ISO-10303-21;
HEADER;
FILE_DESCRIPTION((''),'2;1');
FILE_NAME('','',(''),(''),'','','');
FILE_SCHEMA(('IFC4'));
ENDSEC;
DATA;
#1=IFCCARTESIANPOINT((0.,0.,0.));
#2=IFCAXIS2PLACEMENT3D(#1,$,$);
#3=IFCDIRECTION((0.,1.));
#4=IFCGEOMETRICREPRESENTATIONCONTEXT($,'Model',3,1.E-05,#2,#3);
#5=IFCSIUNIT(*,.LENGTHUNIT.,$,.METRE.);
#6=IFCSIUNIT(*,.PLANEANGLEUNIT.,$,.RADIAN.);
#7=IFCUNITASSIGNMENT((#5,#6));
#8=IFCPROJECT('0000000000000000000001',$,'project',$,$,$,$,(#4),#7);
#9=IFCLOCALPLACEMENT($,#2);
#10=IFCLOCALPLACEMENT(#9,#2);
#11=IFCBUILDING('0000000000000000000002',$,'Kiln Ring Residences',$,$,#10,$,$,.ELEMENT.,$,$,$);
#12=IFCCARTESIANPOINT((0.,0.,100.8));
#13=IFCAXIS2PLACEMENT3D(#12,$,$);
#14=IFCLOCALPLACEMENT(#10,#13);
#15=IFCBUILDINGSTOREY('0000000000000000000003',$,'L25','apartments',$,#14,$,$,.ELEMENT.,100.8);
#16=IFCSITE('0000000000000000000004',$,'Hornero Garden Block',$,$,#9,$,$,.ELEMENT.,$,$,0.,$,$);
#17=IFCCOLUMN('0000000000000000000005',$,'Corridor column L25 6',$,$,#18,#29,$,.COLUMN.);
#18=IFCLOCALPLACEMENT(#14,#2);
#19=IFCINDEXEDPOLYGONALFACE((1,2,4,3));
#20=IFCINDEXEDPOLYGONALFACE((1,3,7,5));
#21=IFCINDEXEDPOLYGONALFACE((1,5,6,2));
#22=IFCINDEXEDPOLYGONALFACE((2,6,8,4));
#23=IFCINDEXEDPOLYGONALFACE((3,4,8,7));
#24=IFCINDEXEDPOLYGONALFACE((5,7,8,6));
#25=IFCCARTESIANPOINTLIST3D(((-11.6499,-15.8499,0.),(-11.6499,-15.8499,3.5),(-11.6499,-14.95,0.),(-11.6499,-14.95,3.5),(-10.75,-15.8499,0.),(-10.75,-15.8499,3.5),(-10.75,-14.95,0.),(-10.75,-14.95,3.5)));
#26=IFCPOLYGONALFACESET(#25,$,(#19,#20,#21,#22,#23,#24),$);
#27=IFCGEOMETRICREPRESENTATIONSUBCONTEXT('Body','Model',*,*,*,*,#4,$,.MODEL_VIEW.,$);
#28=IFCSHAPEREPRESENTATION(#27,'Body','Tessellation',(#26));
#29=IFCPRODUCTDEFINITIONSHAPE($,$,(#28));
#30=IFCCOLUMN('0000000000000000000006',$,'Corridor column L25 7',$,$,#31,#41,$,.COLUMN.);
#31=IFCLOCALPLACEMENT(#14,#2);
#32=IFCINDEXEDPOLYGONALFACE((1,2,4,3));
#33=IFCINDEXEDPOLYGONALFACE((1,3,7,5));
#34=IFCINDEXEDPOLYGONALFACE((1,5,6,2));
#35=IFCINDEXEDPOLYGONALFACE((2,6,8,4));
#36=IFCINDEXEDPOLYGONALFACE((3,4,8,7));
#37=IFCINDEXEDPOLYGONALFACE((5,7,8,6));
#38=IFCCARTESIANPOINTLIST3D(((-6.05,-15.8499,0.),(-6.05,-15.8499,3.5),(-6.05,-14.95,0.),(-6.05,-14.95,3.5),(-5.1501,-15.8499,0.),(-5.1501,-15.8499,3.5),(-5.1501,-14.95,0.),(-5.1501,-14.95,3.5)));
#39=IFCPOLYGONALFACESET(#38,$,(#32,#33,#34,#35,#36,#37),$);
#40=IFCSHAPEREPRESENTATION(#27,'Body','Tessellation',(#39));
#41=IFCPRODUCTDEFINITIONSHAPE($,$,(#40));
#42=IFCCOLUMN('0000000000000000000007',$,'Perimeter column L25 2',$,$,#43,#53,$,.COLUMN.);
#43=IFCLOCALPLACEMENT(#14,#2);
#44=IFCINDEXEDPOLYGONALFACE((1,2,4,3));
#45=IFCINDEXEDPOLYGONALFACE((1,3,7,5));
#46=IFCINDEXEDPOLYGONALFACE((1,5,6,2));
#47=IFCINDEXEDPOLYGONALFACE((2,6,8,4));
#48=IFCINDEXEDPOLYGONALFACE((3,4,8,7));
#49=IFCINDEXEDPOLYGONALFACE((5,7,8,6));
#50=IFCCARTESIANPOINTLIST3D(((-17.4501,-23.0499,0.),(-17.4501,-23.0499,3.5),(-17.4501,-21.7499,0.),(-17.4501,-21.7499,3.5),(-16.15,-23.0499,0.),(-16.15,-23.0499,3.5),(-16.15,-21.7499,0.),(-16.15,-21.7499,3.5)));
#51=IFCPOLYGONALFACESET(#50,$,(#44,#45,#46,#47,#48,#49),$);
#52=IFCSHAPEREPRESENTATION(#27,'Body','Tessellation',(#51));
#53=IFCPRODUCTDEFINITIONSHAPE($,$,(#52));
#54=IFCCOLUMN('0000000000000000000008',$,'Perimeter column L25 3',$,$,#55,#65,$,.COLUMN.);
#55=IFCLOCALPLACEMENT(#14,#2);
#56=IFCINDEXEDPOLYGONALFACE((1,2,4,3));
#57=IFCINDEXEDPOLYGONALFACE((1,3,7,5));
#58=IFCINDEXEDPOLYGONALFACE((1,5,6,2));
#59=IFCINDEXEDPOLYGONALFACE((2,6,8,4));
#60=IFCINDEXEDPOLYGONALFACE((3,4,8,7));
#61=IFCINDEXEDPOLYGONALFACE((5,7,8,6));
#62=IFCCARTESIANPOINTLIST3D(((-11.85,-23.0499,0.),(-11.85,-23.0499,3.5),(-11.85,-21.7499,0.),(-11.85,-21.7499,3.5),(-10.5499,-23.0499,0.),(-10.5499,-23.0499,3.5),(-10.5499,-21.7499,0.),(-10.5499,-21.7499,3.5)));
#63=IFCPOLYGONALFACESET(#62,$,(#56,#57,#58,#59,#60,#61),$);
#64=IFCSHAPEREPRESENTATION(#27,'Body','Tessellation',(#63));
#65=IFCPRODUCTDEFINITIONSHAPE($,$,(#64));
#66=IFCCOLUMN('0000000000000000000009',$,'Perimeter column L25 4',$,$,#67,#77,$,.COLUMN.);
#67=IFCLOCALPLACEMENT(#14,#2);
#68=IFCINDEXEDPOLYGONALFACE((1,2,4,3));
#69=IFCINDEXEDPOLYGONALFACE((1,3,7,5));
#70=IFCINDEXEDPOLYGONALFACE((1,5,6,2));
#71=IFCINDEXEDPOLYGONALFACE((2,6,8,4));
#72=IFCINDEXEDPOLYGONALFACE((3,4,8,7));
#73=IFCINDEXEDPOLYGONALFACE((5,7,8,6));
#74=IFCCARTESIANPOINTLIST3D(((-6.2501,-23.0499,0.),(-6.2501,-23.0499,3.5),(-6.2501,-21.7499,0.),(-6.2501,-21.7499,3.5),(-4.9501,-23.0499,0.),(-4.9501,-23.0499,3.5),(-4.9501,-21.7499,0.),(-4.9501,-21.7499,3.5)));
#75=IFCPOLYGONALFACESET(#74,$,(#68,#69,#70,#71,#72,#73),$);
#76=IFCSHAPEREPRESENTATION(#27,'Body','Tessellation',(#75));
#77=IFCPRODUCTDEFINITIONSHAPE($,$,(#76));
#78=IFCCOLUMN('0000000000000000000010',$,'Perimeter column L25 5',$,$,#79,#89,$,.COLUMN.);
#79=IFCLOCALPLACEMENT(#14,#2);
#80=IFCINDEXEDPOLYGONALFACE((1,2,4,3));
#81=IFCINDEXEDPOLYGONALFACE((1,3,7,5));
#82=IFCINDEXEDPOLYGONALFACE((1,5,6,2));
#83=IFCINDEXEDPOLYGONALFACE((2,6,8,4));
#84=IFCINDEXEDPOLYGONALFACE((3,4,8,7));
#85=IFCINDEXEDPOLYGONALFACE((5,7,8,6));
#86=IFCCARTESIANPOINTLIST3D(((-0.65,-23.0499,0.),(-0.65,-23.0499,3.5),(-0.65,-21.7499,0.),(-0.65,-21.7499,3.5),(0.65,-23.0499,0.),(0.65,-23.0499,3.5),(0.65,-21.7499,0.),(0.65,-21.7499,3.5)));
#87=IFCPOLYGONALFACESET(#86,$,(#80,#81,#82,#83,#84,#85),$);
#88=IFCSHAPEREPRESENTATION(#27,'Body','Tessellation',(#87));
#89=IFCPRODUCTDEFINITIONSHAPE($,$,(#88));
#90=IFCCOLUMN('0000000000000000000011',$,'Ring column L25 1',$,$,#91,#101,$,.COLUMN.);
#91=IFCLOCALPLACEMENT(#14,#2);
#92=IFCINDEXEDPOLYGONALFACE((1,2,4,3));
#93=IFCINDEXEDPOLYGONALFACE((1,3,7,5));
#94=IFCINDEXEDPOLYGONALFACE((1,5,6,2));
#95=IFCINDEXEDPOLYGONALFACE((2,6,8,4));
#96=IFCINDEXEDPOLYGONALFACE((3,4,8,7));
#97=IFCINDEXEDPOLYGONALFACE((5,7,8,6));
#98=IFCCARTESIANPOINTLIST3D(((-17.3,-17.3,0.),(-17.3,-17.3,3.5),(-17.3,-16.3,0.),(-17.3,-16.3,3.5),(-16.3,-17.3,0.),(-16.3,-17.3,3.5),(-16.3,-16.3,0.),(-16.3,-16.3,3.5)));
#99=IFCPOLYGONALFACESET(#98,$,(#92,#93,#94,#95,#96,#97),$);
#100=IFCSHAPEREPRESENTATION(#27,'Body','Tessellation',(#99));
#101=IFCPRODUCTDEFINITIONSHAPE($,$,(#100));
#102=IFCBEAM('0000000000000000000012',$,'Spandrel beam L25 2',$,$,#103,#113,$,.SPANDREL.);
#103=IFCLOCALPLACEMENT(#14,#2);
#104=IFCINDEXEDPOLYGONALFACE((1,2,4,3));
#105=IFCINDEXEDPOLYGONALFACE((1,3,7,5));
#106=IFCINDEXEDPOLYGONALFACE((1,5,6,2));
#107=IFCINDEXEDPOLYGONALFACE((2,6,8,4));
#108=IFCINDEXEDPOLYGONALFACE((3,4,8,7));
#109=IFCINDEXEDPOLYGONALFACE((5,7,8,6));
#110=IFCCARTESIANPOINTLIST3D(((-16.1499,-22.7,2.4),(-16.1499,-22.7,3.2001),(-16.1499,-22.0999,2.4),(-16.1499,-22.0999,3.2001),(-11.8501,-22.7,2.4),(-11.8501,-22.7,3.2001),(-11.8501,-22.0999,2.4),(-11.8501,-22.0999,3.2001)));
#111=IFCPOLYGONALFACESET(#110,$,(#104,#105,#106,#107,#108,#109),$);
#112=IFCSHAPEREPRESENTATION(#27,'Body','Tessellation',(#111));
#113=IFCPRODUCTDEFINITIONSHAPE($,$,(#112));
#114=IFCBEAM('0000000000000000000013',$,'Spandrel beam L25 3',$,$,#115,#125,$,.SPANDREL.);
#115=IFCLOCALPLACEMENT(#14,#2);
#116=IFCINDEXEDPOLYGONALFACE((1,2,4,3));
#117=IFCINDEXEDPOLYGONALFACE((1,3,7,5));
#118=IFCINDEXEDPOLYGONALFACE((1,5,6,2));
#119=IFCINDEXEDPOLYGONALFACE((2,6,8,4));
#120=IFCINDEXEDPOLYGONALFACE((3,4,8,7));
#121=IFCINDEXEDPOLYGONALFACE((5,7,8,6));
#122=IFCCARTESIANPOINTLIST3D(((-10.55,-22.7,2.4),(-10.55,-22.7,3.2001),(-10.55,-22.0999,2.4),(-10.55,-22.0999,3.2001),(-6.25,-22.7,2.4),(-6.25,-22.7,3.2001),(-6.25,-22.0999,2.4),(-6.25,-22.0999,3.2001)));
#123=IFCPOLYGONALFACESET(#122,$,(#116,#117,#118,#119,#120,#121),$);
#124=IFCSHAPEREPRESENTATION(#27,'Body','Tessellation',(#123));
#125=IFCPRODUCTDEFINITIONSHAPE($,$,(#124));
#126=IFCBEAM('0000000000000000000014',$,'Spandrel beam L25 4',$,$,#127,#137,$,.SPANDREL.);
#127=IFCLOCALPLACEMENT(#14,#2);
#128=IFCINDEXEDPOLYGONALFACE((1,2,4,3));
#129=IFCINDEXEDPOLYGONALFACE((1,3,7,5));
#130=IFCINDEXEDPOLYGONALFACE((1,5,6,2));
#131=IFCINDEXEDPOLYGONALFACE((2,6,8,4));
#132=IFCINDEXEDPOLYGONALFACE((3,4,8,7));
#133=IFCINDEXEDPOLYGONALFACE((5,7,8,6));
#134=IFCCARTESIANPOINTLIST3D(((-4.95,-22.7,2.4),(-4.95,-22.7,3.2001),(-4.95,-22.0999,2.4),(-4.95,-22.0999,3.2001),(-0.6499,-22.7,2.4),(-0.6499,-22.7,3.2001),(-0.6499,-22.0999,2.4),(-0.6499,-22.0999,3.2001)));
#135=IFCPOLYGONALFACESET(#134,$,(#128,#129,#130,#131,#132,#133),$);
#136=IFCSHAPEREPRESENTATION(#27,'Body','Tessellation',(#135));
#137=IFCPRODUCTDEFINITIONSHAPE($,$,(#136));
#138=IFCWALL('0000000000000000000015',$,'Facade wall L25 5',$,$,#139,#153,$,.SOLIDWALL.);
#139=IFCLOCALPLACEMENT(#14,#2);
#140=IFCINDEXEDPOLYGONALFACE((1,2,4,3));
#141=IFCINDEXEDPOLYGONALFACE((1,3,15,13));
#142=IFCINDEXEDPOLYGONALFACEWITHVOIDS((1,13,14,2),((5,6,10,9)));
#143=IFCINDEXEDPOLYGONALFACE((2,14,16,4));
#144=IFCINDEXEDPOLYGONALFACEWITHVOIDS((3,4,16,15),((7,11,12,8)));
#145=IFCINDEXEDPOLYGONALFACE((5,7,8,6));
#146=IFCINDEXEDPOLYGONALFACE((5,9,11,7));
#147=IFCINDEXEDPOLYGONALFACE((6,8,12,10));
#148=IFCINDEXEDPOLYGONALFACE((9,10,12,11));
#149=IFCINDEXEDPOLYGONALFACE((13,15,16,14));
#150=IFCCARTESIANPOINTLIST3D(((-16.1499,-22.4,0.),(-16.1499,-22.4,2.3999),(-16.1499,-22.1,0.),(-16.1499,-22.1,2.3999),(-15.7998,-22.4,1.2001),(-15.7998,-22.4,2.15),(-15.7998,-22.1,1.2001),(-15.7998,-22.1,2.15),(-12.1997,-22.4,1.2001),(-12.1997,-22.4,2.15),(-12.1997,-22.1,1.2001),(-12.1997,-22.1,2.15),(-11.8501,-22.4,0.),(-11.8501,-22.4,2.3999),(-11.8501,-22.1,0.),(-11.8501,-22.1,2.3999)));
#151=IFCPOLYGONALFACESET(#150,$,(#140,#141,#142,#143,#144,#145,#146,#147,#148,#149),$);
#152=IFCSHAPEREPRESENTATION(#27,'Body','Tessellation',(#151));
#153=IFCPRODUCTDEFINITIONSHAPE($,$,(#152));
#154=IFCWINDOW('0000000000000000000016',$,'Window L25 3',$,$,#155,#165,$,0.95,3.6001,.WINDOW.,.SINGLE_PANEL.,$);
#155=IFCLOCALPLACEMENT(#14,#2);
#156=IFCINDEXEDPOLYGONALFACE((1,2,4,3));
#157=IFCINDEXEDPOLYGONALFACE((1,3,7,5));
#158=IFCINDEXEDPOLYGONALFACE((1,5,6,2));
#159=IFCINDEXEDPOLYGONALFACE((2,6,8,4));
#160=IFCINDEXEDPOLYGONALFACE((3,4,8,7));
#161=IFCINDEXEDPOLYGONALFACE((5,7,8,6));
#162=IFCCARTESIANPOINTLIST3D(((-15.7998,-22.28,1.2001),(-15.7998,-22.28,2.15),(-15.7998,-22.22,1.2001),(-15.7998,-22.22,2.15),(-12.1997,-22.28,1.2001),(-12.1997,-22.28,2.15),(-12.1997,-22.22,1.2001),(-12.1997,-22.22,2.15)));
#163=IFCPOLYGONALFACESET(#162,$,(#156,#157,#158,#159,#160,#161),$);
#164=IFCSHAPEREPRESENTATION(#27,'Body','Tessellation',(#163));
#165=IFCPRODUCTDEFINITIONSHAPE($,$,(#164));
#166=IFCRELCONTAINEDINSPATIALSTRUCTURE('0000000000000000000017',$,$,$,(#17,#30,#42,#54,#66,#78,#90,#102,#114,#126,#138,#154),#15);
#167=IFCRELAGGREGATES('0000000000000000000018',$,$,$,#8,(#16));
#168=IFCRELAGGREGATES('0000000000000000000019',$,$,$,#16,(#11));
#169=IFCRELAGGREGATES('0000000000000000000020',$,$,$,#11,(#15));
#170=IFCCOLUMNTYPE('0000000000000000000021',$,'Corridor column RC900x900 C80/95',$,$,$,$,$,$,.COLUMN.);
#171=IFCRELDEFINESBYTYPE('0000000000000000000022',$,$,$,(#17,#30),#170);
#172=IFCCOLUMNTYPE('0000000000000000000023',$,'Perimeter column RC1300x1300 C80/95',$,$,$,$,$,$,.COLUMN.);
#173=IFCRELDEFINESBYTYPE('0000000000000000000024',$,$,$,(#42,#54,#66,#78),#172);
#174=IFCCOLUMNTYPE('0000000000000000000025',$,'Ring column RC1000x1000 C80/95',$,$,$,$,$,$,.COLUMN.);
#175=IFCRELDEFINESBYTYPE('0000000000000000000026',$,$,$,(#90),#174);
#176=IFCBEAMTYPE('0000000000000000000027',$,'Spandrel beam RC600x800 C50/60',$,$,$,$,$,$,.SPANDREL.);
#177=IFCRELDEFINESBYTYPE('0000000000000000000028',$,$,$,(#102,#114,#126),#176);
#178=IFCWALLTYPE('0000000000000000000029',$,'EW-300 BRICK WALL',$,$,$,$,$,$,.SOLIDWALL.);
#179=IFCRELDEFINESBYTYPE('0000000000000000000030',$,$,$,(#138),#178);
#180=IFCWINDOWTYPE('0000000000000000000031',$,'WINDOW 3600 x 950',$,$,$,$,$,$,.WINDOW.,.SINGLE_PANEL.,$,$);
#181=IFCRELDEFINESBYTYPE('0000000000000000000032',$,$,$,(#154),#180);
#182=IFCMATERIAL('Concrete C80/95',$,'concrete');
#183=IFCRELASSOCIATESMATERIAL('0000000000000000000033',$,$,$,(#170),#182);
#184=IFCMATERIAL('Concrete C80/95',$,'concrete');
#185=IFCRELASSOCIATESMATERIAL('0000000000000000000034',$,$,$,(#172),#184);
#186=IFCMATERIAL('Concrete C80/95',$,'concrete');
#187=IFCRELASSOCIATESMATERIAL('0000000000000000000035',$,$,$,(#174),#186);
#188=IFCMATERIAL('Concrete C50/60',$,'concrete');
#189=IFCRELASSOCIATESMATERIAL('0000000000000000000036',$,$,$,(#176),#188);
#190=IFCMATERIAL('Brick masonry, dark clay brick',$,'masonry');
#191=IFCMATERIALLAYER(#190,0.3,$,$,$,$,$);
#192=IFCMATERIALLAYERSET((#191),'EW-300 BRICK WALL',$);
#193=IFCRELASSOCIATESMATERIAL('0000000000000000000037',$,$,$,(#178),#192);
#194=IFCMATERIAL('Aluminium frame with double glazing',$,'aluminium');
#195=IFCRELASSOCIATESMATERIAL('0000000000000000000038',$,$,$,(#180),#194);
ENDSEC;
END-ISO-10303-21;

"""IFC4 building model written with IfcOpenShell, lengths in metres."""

from ifc_helpers import new_model, si_unit, direction, frame, frame_2d, origin, origin_2d, place, context, subcontext, project, spatial, rectangle, extrude, material, layer, layer_set, material_profile, profile_set, type_object, element, fill, save


model = new_model("IFC4")

# Units and contexts
model_context = context("Model", 3, precision=1e-05, world=origin(), true_north=direction((0.0, 1.0)))
body_context = subcontext(model_context, "Body", "Model", "MODEL_VIEW")
ifc_project = project(units=[si_unit("LENGTHUNIT", "METRE"), si_unit("PLANEANGLEUNIT", "RADIAN")], contexts=[model_context])

# Site, building, storey
site_placement = place(None, origin())
site = spatial("IfcSite", under=ifc_project, at=site_placement, Name="Hornero Garden Block", CompositionType="ELEMENT", RefElevation=0.0)
building_placement = place(site_placement, origin())
building = spatial("IfcBuilding", under=site, at=building_placement, Name="Kiln Ring Residences", CompositionType="ELEMENT")
storey_placement = place(building_placement, frame((0.0, 0.0, 100.8)))
storey = spatial("IfcBuildingStorey", under=building, at=storey_placement, Name="L25", Description="apartments", CompositionType="ELEMENT", Elevation=100.8)

# Columns
ifc_material_1 = material(Name="Concrete C80/95", Category="concrete")
ifc_material_profile_1 = material_profile(ifc_material_1, rectangle(XDim=0.8999, YDim=0.8999, at=origin_2d()), Name="RC900x900")
ifc_profile_set_1 = profile_set([ifc_material_profile_1], Name="Concrete C80/95")
column_type_1 = type_object("IfcColumnType", Name="Corridor column RC900x900 C80/95", PredefinedType="COLUMN", material=ifc_profile_set_1)
for number, where, z_axis, x_axis, name in (
    (1, (-11.2, -15.3999, 0.0), (0.0, 0.0, 1.0), (1.0, 0.0, 0.0), "Corridor column L25 6"),
    (2, (-5.6001, -15.3999, 0.0), (0.0, 0.0, 1.0), (1.0, 0.0, 0.0), "Corridor column L25 7"),
):
    element("IfcColumn", number, at=place(storey_placement, frame(where, z_axis=z_axis, x_axis=x_axis)), inside=storey, type_object=column_type_1, Name=name, PredefinedType="COLUMN", context=body_context, shape_type="SweptSolid", body=[
        extrude(rectangle(XDim=0.8999, YDim=0.8999, at=origin_2d()), origin(), (0.0, 0.0, 1.0), 3.5),
    ])
ifc_material_2 = material(Name="Concrete C80/95", Category="concrete")
ifc_material_profile_2 = material_profile(ifc_material_2, rectangle(XDim=1.3, YDim=1.3, at=origin_2d()), Name="RC1300x1300")
ifc_profile_set_2 = profile_set([ifc_material_profile_2], Name="Concrete C80/95")
column_type_2 = type_object("IfcColumnType", Name="Perimeter column RC1300x1300 C80/95", PredefinedType="COLUMN", material=ifc_profile_set_2)
for number, where, z_axis, x_axis, name in (
    (3, (-16.8, -22.3999, 0.0), (0.0, 0.0, 1.0), (1.0, 0.0, 0.0), "Perimeter column L25 2"),
    (4, (-11.2, -22.3999, 0.0), (0.0, 0.0, 1.0), (1.0, 0.0, 0.0), "Perimeter column L25 3"),
    (5, (-5.6001, -22.3999, 0.0), (0.0, 0.0, 1.0), (1.0, 0.0, 0.0), "Perimeter column L25 4"),
    (6, (0.0, -22.3999, 0.0), (0.0, 0.0, 1.0), (1.0, 0.0, 0.0), "Perimeter column L25 5"),
):
    element("IfcColumn", number, at=place(storey_placement, frame(where, z_axis=z_axis, x_axis=x_axis)), inside=storey, type_object=column_type_2, Name=name, PredefinedType="COLUMN", context=body_context, shape_type="SweptSolid", body=[
        extrude(rectangle(XDim=1.3, YDim=1.3, at=origin_2d()), origin(), (0.0, 0.0, 1.0), 3.5),
    ])
ifc_material_3 = material(Name="Concrete C80/95", Category="concrete")
ifc_material_profile_3 = material_profile(ifc_material_3, rectangle(XDim=1.0, YDim=1.0, at=origin_2d()), Name="RC1000x1000")
ifc_profile_set_3 = profile_set([ifc_material_profile_3], Name="Concrete C80/95")
column_type_3 = type_object("IfcColumnType", Name="Ring column RC1000x1000 C80/95", PredefinedType="COLUMN", material=ifc_profile_set_3)
column_placement = place(storey_placement, frame((-16.8, -16.8, 0.0), z_axis=(0.0, 0.0, 1.0), x_axis=(1.0, 0.0, 0.0)))
element("IfcColumn", 7, at=column_placement, inside=storey, type_object=column_type_3, Name="Ring column L25 1", PredefinedType="COLUMN", context=body_context, shape_type="SweptSolid", body=[
    extrude(rectangle(XDim=1.0, YDim=1.0, at=origin_2d()), origin(), (0.0, 0.0, 1.0), 3.5),
])

# Beams
ifc_material_4 = material(Name="Concrete C50/60", Category="concrete")
ifc_material_profile_4 = material_profile(ifc_material_4, rectangle(XDim=0.6001, YDim=0.8, at=origin_2d()), Name="RC600x800")
ifc_profile_set_4 = profile_set([ifc_material_profile_4], Name="Concrete C50/60")
beam_type = type_object("IfcBeamType", Name="Spandrel beam RC600x800 C50/60", PredefinedType="SPANDREL", material=ifc_profile_set_4)
beam_placement = place(storey_placement, frame((-16.1499, -22.3999, 2.8), z_axis=(1.0, 0.0, 0.0), x_axis=(0.0, 1.0, 0.0)))
element("IfcBeam", 8, at=beam_placement, inside=storey, type_object=beam_type, Name="Spandrel beam L25 2", PredefinedType="SPANDREL", context=body_context, shape_type="SweptSolid", body=[
    extrude(rectangle(XDim=0.6001, YDim=0.8, at=origin_2d()), origin(), (0.0, 0.0, 1.0), 4.2998),
])
for number, where, z_axis, x_axis, name in (
    (9, (-10.55, -22.3999, 2.8), (1.0, 0.0, 0.0), (0.0, 1.0, 0.0), "Spandrel beam L25 3"),
    (10, (-4.95, -22.3999, 2.8), (1.0, 0.0, 0.0), (0.0, 1.0, 0.0), "Spandrel beam L25 4"),
):
    element("IfcBeam", number, at=place(storey_placement, frame(where, z_axis=z_axis, x_axis=x_axis)), inside=storey, type_object=beam_type, Name=name, PredefinedType="SPANDREL", context=body_context, shape_type="SweptSolid", body=[
        extrude(rectangle(XDim=0.6001, YDim=0.8, at=origin_2d()), origin(), (0.0, 0.0, 1.0), 4.3),
    ])

# Wall, opening, window
ifc_material_5 = material(Name="Brick masonry, dark clay brick", Category="masonry")
ifc_layer_1 = layer(ifc_material_5, 0.3)
ifc_layer_set_1 = layer_set([ifc_layer_1], Name="EW-300 BRICK WALL")
wall_type_1 = type_object("IfcWallType", Name="EW-300 BRICK WALL", PredefinedType="SOLIDWALL", material=ifc_layer_set_1)
wall_1_placement = place(storey_placement, frame((-16.1499, -22.25, 0.0), z_axis=(0.0, 0.0, 1.0), x_axis=(1.0, 0.0, 0.0)))
wall_1 = element("IfcWall", 11, at=wall_1_placement, inside=storey, type_object=wall_type_1, Name="Facade wall L25 5", PredefinedType="SOLIDWALL", context=body_context, shape_type="SweptSolid", body=[
    extrude(rectangle(XDim=4.2998, YDim=0.3, at=frame_2d((2.1499, 0.0))), origin(), (0.0, 0.0, 1.0), 2.3999),
])
opening_1_placement = place(wall_1_placement, frame((0.3501, 0.0, 1.2)))
opening_1 = element("IfcOpeningElement", 12, at=opening_1_placement, cuts=wall_1, PredefinedType="OPENING", context=body_context, shape_type="SweptSolid", body=[
    extrude(rectangle(XDim=3.6001, YDim=0.95, at=frame_2d((1.8, 0.4751))), frame((0.0, 0.1599, 0.0), z_axis=(0.0, -1.0, 0.0), x_axis=(1.0, 0.0, 0.0)), (0.0, 0.0, 1.0), 0.3201),
])
ifc_material_6 = material(Name="Aluminium frame with double glazing", Category="aluminium")
window_type = type_object("IfcWindowType", Name="WINDOW 3600 x 950", PartitioningType="SINGLE_PANEL", PredefinedType="WINDOW", material=ifc_material_6)
window_1_placement = place(opening_1_placement, origin())
window_1 = element("IfcWindow", 13, at=window_1_placement, inside=storey, type_object=window_type, Name="Window L25 3", OverallHeight=0.95, OverallWidth=3.6001, PartitioningType="SINGLE_PANEL", PredefinedType="WINDOW", context=body_context, shape_type="SweptSolid", body=[
    extrude(rectangle(XDim=3.6001, YDim=0.95, at=frame_2d((1.8, 0.4751))), frame((0.0, 0.03, 0.0), z_axis=(0.0, -1.0, 0.0), x_axis=(1.0, 0.0, 0.0)), (0.0, 0.0, 1.0), 0.0601),
])
fill(opening_1, window_1)

save(model, "model.ifc")
